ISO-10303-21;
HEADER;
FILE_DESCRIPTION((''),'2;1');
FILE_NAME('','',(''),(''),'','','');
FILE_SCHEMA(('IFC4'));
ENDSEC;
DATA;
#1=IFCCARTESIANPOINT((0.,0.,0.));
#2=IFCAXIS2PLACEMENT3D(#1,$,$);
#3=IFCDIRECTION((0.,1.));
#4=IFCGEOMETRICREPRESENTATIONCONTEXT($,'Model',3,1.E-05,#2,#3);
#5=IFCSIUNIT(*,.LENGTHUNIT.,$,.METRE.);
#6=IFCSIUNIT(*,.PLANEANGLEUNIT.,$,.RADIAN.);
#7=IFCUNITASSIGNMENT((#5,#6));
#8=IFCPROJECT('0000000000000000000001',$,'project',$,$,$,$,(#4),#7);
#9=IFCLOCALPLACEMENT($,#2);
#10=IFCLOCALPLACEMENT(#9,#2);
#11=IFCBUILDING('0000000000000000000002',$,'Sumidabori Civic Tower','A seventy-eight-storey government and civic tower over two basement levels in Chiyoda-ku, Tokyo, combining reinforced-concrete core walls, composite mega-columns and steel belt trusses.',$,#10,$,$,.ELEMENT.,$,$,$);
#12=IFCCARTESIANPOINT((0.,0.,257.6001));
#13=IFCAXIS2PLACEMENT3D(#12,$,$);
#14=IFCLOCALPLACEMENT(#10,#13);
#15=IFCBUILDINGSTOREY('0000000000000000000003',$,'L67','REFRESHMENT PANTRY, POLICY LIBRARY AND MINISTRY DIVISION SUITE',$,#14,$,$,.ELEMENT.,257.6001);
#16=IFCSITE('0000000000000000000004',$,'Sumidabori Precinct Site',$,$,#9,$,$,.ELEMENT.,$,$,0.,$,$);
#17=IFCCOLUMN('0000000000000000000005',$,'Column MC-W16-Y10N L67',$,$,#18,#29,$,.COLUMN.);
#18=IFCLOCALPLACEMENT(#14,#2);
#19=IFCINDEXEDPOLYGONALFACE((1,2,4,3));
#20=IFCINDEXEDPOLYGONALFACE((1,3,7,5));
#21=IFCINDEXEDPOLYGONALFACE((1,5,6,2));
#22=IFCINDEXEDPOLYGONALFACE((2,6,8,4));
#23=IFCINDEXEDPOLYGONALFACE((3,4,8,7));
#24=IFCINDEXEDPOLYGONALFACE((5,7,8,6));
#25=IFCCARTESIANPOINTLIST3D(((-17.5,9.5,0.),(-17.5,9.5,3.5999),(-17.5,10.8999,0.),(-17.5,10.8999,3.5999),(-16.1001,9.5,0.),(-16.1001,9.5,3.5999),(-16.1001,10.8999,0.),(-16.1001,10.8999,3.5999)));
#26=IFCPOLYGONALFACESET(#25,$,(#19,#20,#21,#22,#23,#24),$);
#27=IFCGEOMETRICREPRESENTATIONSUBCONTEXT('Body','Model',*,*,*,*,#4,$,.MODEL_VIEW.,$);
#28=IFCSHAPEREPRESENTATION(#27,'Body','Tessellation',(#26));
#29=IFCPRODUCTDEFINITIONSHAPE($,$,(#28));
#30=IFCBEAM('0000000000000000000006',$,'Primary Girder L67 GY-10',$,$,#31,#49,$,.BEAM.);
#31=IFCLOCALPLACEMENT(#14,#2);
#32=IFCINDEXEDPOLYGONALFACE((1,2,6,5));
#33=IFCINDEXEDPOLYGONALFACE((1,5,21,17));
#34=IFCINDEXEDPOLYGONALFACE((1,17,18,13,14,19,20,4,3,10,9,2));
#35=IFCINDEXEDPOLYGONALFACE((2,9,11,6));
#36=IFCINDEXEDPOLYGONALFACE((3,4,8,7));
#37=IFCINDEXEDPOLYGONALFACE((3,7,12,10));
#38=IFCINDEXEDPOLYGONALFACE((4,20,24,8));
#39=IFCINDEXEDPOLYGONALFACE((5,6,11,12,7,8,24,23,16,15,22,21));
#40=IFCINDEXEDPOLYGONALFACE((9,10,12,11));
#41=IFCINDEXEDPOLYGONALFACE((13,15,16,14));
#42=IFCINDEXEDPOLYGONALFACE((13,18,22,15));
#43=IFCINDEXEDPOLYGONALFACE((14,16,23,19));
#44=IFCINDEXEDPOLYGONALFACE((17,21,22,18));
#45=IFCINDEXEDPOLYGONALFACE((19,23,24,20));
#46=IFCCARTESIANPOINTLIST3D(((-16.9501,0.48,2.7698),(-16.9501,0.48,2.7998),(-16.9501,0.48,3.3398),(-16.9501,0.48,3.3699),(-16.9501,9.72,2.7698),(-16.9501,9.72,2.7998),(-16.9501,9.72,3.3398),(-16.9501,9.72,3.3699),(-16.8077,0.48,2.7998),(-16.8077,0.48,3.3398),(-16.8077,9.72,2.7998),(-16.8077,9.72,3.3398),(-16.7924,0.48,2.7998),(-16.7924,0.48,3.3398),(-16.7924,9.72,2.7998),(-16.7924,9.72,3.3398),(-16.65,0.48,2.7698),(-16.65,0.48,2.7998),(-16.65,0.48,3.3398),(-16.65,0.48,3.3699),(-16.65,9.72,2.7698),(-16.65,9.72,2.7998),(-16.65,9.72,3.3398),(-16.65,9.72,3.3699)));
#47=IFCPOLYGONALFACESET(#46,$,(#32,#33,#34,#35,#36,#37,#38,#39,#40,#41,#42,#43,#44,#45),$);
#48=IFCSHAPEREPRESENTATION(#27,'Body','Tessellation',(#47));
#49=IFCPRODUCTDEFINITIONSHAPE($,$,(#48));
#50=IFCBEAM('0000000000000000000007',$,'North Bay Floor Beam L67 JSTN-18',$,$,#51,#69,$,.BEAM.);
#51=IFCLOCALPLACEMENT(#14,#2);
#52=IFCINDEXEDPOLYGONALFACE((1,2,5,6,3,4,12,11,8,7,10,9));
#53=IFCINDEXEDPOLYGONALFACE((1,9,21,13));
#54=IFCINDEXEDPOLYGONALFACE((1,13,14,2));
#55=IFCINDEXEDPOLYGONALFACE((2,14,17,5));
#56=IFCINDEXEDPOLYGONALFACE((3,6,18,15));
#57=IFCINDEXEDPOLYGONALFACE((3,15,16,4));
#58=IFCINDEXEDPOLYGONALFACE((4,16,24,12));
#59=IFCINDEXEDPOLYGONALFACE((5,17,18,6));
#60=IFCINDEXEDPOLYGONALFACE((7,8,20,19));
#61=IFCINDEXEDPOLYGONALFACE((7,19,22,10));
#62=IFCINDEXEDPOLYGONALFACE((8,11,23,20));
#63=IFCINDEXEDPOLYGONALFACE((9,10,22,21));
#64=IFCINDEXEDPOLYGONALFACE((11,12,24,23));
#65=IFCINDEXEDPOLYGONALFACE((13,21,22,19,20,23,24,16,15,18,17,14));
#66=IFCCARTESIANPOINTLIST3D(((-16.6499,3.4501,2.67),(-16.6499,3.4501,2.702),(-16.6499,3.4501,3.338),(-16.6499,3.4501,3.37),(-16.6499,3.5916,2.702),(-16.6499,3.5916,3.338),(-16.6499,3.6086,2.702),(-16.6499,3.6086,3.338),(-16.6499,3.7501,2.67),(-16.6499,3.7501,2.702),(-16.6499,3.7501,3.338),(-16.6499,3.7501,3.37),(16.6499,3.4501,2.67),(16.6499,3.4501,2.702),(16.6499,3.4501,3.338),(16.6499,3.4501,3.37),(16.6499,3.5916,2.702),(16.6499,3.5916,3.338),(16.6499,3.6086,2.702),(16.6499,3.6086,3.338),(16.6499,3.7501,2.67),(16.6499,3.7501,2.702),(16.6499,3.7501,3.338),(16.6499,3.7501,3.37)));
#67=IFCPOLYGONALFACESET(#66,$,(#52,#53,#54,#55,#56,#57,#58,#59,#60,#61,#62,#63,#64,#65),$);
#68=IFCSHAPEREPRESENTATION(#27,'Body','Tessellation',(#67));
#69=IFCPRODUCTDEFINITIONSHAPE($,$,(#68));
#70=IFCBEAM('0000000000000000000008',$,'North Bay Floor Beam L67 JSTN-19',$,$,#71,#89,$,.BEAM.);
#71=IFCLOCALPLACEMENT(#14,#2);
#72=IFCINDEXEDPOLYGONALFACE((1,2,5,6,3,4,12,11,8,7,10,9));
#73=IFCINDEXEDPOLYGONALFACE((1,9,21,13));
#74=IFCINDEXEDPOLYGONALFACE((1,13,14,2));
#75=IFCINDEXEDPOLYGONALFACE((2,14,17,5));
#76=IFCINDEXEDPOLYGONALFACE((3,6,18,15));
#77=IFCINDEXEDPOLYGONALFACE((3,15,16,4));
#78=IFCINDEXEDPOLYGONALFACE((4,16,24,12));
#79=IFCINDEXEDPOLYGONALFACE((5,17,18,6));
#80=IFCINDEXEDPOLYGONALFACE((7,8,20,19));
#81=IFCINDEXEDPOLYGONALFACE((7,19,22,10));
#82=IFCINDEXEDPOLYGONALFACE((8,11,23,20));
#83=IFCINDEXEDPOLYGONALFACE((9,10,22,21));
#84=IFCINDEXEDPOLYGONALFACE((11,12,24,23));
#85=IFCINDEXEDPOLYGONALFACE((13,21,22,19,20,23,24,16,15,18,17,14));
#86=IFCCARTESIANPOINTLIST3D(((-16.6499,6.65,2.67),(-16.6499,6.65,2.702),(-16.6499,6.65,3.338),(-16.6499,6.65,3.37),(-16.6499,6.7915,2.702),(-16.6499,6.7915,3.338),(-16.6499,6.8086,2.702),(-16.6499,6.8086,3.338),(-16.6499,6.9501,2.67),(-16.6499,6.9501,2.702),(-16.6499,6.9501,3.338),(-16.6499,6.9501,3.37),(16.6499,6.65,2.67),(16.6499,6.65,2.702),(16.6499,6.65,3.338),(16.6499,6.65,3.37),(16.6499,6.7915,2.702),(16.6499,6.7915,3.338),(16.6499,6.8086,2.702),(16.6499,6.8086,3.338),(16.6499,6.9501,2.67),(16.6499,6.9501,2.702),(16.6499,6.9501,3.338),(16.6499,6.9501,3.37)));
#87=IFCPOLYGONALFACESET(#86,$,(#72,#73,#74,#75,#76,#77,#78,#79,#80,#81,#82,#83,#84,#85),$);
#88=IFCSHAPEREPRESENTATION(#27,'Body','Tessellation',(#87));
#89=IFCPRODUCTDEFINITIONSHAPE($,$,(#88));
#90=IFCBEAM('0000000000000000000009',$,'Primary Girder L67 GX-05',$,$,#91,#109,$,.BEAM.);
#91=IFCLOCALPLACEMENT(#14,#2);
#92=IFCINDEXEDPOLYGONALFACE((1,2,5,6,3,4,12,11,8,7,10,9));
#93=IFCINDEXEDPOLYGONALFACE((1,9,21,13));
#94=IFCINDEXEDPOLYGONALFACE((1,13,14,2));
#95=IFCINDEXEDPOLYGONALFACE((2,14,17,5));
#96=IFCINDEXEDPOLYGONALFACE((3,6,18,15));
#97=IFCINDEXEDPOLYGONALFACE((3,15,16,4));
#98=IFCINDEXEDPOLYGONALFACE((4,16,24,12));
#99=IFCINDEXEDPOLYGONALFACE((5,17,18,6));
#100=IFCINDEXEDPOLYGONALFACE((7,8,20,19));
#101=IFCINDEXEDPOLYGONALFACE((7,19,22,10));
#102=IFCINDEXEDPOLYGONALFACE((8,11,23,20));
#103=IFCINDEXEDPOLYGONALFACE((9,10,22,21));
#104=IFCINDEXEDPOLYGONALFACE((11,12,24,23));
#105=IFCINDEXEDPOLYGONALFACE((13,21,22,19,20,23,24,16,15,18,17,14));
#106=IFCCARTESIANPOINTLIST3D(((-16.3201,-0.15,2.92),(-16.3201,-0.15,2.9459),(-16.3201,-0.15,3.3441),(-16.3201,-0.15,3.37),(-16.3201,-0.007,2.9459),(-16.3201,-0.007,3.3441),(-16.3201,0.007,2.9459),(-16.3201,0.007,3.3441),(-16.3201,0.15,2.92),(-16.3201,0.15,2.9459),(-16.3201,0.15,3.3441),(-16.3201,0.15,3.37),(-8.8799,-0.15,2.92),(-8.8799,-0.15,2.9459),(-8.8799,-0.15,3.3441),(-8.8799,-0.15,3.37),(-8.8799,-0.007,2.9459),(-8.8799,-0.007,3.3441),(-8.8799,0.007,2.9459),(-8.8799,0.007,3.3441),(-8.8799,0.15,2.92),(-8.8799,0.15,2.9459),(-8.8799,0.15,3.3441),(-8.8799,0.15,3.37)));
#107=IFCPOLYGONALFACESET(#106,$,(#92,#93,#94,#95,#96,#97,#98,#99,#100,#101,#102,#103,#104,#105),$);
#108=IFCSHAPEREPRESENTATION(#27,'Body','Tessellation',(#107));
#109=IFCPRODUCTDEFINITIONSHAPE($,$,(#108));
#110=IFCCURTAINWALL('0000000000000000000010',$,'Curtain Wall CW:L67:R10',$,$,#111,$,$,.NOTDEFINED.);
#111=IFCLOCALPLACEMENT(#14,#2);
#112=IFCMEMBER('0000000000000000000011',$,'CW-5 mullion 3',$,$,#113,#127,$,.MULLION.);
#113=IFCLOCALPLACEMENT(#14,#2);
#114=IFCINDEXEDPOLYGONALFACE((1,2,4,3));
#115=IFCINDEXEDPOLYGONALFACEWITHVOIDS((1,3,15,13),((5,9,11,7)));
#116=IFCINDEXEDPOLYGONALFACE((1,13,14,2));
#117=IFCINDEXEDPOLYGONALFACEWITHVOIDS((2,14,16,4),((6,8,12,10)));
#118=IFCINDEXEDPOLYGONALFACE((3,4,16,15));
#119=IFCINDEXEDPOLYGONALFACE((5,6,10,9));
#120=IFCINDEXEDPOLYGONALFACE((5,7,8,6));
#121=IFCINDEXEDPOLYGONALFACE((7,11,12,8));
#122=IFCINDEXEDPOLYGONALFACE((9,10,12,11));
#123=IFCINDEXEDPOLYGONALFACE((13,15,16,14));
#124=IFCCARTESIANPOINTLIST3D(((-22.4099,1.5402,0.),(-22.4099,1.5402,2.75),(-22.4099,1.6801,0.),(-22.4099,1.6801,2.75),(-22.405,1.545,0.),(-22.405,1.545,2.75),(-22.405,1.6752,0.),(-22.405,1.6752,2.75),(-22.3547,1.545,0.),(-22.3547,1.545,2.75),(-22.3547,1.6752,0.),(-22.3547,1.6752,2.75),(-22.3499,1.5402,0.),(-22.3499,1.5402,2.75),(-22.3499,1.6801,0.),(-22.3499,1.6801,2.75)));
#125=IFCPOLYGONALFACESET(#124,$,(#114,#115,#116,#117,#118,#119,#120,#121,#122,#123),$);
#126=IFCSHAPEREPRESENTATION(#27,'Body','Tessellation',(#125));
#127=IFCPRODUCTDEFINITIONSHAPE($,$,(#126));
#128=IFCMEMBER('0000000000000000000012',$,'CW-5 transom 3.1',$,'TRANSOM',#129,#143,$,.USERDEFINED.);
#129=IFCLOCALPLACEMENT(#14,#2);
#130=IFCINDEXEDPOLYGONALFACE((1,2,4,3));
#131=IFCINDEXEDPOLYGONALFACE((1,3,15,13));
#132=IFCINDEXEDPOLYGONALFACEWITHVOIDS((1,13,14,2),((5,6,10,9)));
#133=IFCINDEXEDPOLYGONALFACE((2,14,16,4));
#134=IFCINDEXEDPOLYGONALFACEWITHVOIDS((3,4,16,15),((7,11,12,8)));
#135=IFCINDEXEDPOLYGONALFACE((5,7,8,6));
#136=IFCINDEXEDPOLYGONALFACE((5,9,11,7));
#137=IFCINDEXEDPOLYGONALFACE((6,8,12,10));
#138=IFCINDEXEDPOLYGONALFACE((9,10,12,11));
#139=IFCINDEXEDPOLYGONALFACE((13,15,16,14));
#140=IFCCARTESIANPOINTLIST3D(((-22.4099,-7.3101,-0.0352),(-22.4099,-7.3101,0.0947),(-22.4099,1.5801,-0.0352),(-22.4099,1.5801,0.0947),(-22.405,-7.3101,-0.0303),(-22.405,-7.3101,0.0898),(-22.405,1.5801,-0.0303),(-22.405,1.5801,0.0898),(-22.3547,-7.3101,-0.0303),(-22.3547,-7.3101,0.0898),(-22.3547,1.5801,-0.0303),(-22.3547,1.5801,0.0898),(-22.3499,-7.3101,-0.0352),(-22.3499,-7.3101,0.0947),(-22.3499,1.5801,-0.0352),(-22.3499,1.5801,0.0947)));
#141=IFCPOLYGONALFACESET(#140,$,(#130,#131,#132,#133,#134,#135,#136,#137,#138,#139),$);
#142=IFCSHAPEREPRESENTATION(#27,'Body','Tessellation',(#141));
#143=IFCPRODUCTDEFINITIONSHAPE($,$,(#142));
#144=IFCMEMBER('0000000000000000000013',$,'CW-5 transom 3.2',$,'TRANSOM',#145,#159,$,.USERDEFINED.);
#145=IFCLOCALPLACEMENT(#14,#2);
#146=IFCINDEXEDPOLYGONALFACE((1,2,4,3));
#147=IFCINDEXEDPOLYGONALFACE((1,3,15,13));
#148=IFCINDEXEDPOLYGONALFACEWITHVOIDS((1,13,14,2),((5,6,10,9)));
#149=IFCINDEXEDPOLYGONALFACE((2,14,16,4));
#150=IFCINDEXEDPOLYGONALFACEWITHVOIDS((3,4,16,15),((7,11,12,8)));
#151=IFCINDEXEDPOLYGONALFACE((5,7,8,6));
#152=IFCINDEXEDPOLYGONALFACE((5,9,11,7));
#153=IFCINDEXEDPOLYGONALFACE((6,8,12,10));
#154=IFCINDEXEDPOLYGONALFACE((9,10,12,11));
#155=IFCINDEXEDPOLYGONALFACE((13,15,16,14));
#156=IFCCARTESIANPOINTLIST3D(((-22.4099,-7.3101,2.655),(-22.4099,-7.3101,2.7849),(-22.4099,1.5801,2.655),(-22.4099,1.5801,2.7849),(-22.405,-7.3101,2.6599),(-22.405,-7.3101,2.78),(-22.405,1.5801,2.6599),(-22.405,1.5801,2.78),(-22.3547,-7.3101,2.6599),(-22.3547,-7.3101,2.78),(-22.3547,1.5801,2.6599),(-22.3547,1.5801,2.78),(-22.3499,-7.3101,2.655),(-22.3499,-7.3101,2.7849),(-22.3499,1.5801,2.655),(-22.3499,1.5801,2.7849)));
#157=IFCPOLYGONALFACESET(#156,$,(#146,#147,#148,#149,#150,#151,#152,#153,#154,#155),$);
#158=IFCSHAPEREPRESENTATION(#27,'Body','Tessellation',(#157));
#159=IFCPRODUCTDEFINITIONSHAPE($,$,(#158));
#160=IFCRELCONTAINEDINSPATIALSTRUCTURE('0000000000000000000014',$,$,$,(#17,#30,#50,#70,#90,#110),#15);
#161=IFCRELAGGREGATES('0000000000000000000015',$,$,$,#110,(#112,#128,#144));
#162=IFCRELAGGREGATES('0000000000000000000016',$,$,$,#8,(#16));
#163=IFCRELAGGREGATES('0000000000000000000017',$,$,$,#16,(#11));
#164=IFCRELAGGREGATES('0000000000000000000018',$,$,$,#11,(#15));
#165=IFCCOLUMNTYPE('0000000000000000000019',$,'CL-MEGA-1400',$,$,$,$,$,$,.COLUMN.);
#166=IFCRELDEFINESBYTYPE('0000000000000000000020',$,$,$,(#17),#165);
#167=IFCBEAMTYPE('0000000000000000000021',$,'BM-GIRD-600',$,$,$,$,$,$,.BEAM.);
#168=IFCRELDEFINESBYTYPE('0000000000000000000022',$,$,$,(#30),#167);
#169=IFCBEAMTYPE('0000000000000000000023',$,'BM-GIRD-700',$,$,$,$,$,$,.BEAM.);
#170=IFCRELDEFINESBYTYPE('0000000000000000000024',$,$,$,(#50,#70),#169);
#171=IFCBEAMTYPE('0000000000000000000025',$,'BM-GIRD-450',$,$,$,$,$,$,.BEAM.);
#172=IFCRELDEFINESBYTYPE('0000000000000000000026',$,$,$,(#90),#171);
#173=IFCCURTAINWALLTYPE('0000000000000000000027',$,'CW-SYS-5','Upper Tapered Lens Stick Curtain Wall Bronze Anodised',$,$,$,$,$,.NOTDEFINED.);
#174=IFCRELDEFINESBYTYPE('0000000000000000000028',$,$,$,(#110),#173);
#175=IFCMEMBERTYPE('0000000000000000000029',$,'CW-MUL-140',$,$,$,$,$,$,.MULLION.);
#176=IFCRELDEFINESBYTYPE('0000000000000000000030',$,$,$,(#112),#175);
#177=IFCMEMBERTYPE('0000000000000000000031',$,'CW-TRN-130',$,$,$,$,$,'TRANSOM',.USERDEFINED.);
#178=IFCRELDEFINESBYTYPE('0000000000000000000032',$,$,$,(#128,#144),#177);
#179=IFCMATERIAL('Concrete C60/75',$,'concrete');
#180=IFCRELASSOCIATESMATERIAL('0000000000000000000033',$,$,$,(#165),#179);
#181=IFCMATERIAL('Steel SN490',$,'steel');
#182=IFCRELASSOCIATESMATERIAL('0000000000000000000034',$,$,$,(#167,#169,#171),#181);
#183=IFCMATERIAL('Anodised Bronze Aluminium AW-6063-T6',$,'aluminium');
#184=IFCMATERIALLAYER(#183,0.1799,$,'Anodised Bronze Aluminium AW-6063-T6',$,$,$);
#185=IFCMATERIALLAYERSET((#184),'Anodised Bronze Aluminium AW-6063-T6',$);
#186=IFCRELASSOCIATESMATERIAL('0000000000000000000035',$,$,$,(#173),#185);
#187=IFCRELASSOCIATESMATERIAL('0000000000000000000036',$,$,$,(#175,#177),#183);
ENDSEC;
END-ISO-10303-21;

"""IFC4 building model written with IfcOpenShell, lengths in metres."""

from ifc_helpers import new_model, si_unit, direction, frame, origin, origin_2d, place, context, subcontext, project, spatial, rectangle, hollow_rectangle, i_section, extrude, source, transform, mapped, material, layer, layer_set, material_profile, profile_set, type_object, element, aggregate, save


model = new_model("IFC4")

# Units and contexts
model_context = context("Model", 3, precision=1e-05, world=origin(), true_north=direction((0.0, 1.0)))
body_context = subcontext(model_context, "Body", "Model", "MODEL_VIEW")
ifc_project = project(units=[si_unit("LENGTHUNIT", "METRE"), si_unit("PLANEANGLEUNIT", "RADIAN")], contexts=[model_context])

# Site, building, storey
site_placement = place(None, origin())
site = spatial("IfcSite", under=ifc_project, at=site_placement, Name="Sumidabori Precinct Site", CompositionType="ELEMENT", RefElevation=0.0)
building_placement = place(site_placement, origin())
building = spatial("IfcBuilding", under=site, at=building_placement, Name="Sumidabori Civic Tower", Description="A seventy-eight-storey government and civic tower over two basement levels in Chiyoda-ku, Tokyo, combining reinforced-concrete core walls, composite mega-columns and steel belt trusses.", CompositionType="ELEMENT")
storey_placement = place(building_placement, frame((0.0, 0.0, 257.6001)))
storey = spatial("IfcBuildingStorey", under=building, at=storey_placement, Name="L67", Description="REFRESHMENT PANTRY, POLICY LIBRARY AND MINISTRY DIVISION SUITE", CompositionType="ELEMENT", Elevation=257.6001)

# Column
ifc_material_1 = material(Name="Concrete C60/75", Category="concrete")
ifc_material_profile_1 = material_profile(ifc_material_1, rectangle(XDim=1.3999, YDim=1.3999, at=origin_2d()), Name="RC 1400x1400")
ifc_profile_set_1 = profile_set([ifc_material_profile_1], Name="Concrete C60/75")
column_type = type_object("IfcColumnType", Name="CL-MEGA-1400", PredefinedType="COLUMN", material=ifc_profile_set_1)
shared_shape_1 = source(origin(), body_context, "Body", "SweptSolid", [
    extrude(rectangle(XDim=1.3999, YDim=1.3999, at=origin_2d()), origin(), (0.0, 0.0, 1.0), 3.5999),
])
column_placement = place(storey_placement, frame((-16.8, 10.2, 0.0), z_axis=(0.0, 0.0, 1.0), x_axis=(1.0, 0.0, 0.0)))
element("IfcColumn", 1, at=column_placement, inside=storey, type_object=column_type, Name="Column MC-W16-Y10N L67", PredefinedType="COLUMN", context=body_context, shape_type="MappedRepresentation", body=[
    mapped(shared_shape_1, transform((0.0, 0.0, 0.0), x_axis=(1.0, 0.0, 0.0), y_axis=(0.0, 1.0, 0.0), z_axis=(0.0, 0.0, 1.0), scale=1.0)),
])

# Beams
ifc_material_2 = material(Name="Steel SN490", Category="steel")
ifc_material_profile_2 = material_profile(ifc_material_2, i_section(OverallWidth=0.3, OverallDepth=0.6001, WebThickness=0.0154, FlangeThickness=0.03, at=origin_2d()), Name="HE 600 B")
ifc_profile_set_2 = profile_set([ifc_material_profile_2], Name="Steel SN490")
beam_type_1 = type_object("IfcBeamType", Name="BM-GIRD-600", PredefinedType="BEAM", material=ifc_profile_set_2)
shared_shape_2 = source(origin(), body_context, "Body", "SweptSolid", [
    extrude(i_section(OverallWidth=0.3, OverallDepth=0.6001, WebThickness=0.0154, FlangeThickness=0.03, at=origin_2d()), origin(), (0.0, 0.0, 1.0), 9.24),
])
beam_1_placement = place(storey_placement, frame((-16.8, 0.48, 3.0698), z_axis=(0.0, 1.0, 0.0), x_axis=(-1.0, 0.0, 0.0)))
element("IfcBeam", 2, at=beam_1_placement, inside=storey, type_object=beam_type_1, Name="Primary Girder L67 GY-10", PredefinedType="BEAM", context=body_context, shape_type="MappedRepresentation", body=[
    mapped(shared_shape_2, transform((0.0, 0.0, 0.0), x_axis=(1.0, 0.0, 0.0), y_axis=(0.0, 1.0, 0.0), z_axis=(0.0, 0.0, 1.0), scale=1.0)),
])
ifc_material_profile_3 = material_profile(ifc_material_2, i_section(OverallWidth=0.3, OverallDepth=0.7, WebThickness=0.0171, FlangeThickness=0.032, at=origin_2d()), Name="HE 700 B")
ifc_profile_set_3 = profile_set([ifc_material_profile_3], Name="Steel SN490")
beam_type_2 = type_object("IfcBeamType", Name="BM-GIRD-700", PredefinedType="BEAM", material=ifc_profile_set_3)
shared_shape_3 = source(origin(), body_context, "Body", "SweptSolid", [
    extrude(i_section(OverallWidth=0.3, OverallDepth=0.7, WebThickness=0.0171, FlangeThickness=0.032, at=origin_2d()), origin(), (0.0, 0.0, 1.0), 33.2998),
])
for number, where, z_axis, x_axis, name in (
    (3, (-16.6499, 3.6001, 3.02), (1.0, 0.0, 0.0), (0.0, 1.0, 0.0), "North Bay Floor Beam L67 JSTN-18"),
    (4, (-16.6499, 6.8, 3.02), (1.0, 0.0, 0.0), (0.0, 1.0, 0.0), "North Bay Floor Beam L67 JSTN-19"),
):
    element("IfcBeam", number, at=place(storey_placement, frame(where, z_axis=z_axis, x_axis=x_axis)), inside=storey, type_object=beam_type_2, Name=name, PredefinedType="BEAM", context=body_context, shape_type="MappedRepresentation", body=[
        mapped(shared_shape_3, transform((0.0, 0.0, 0.0), x_axis=(1.0, 0.0, 0.0), y_axis=(0.0, 1.0, 0.0), z_axis=(0.0, 0.0, 1.0), scale=1.0)),
    ])
ifc_material_profile_4 = material_profile(ifc_material_2, i_section(OverallWidth=0.3, OverallDepth=0.45, WebThickness=0.0139, FlangeThickness=0.0259, at=origin_2d()), Name="HE 450 B")
ifc_profile_set_4 = profile_set([ifc_material_profile_4], Name="Steel SN490")
beam_type_3 = type_object("IfcBeamType", Name="BM-GIRD-450", PredefinedType="BEAM", material=ifc_profile_set_4)
shared_shape_4 = source(origin(), body_context, "Body", "SweptSolid", [
    extrude(i_section(OverallWidth=0.3, OverallDepth=0.45, WebThickness=0.0139, FlangeThickness=0.0259, at=origin_2d()), origin(), (0.0, 0.0, 1.0), 7.4402),
])
beam_2_placement = place(storey_placement, frame((-16.3201, 0.0, 3.145), z_axis=(1.0, 0.0, 0.0), x_axis=(0.0, 1.0, 0.0)))
element("IfcBeam", 5, at=beam_2_placement, inside=storey, type_object=beam_type_3, Name="Primary Girder L67 GX-05", PredefinedType="BEAM", context=body_context, shape_type="MappedRepresentation", body=[
    mapped(shared_shape_4, transform((0.0, 0.0, 0.0), x_axis=(1.0, 0.0, 0.0), y_axis=(0.0, 1.0, 0.0), z_axis=(0.0, 0.0, 1.0), scale=1.0)),
])

# Curtain wall, members
ifc_material_3 = material(Name="Anodised Bronze Aluminium AW-6063-T6", Category="aluminium")
ifc_layer_1 = layer(ifc_material_3, 0.1799, Name="Anodised Bronze Aluminium AW-6063-T6")
ifc_layer_set_1 = layer_set([ifc_layer_1], Name="Anodised Bronze Aluminium AW-6063-T6")
curtain_wall_type = type_object("IfcCurtainWallType", Name="CW-SYS-5", Description="Upper Tapered Lens Stick Curtain Wall Bronze Anodised", PredefinedType="NOTDEFINED", material=ifc_layer_set_1)
curtain_wall_placement = place(storey_placement, origin())
curtain_wall = element("IfcCurtainWall", 6, at=curtain_wall_placement, inside=storey, type_object=curtain_wall_type, Name="Curtain Wall CW:L67:R10", PredefinedType="NOTDEFINED")
ifc_material_profile_5 = material_profile(ifc_material_3, hollow_rectangle(XDim=0.0601, YDim=0.1399, WallThickness=0.0049, at=origin_2d()), Name="ALU MULLION 140x60")
ifc_profile_set_5 = profile_set([ifc_material_profile_5], Name="Anodised Bronze Aluminium AW-6063-T6")
member_type_1 = type_object("IfcMemberType", Name="CW-MUL-140", PredefinedType="MULLION", material=ifc_profile_set_5)
shared_shape_5 = source(origin(), body_context, "Body", "SweptSolid", [
    extrude(hollow_rectangle(XDim=0.0601, YDim=0.1399, WallThickness=0.0049, at=origin_2d()), origin(), (0.0, 0.0, 1.0), 2.75),
])
member_1_placement = place(storey_placement, frame((-22.3799, 1.6101, 0.0), z_axis=(0.0, 0.0, 1.0), x_axis=(1.0, 0.0, 0.0)))
member_1 = element("IfcMember", 7, at=member_1_placement, type_object=member_type_1, Name="CW-5 mullion 3", PredefinedType="MULLION", context=body_context, shape_type="MappedRepresentation", body=[
    mapped(shared_shape_5, transform((0.0, 0.0, 0.0), x_axis=(1.0, 0.0, 0.0), y_axis=(0.0, 1.0, 0.0), z_axis=(0.0, 0.0, 1.0), scale=1.0)),
])
ifc_material_profile_6 = material_profile(ifc_material_3, hollow_rectangle(XDim=0.0601, YDim=0.1299, WallThickness=0.0049, at=origin_2d()), Name="ALU TRANSOM 130x60")
ifc_profile_set_6 = profile_set([ifc_material_profile_6], Name="Anodised Bronze Aluminium AW-6063-T6")
member_type_2 = type_object("IfcMemberType", Name="CW-TRN-130", ElementType="TRANSOM", PredefinedType="USERDEFINED", material=ifc_profile_set_6)
shared_shape_6 = source(origin(), body_context, "Body", "SweptSolid", [
    extrude(hollow_rectangle(XDim=0.0601, YDim=0.1299, WallThickness=0.0049, at=origin_2d()), origin(), (0.0, 0.0, 1.0), 8.8901),
])
member_2_placement = place(storey_placement, frame((-22.3799, 1.5801, 0.0298), z_axis=(0.0, -1.0, 0.0), x_axis=(1.0, 0.0, 0.0)))
member_2 = element("IfcMember", 8, at=member_2_placement, type_object=member_type_2, Name="CW-5 transom 3.1", ObjectType="TRANSOM", PredefinedType="USERDEFINED", context=body_context, shape_type="MappedRepresentation", body=[
    mapped(shared_shape_6, transform((0.0, 0.0, 0.0), x_axis=(1.0, 0.0, 0.0), y_axis=(0.0, 1.0, 0.0), z_axis=(0.0, 0.0, 1.0), scale=1.0)),
])
member_3_placement = place(storey_placement, frame((-22.3799, 1.5801, 2.72), z_axis=(0.0, -1.0, 0.0), x_axis=(1.0, 0.0, 0.0)))
member_3 = element("IfcMember", 9, at=member_3_placement, type_object=member_type_2, Name="CW-5 transom 3.2", ObjectType="TRANSOM", PredefinedType="USERDEFINED", context=body_context, shape_type="MappedRepresentation", body=[
    mapped(shared_shape_6, transform((0.0, 0.0, 0.0), x_axis=(1.0, 0.0, 0.0), y_axis=(0.0, 1.0, 0.0), z_axis=(0.0, 0.0, 1.0), scale=1.0)),
])
aggregate(curtain_wall, [member_1, member_2, member_3])

save(model, "model.ifc")
